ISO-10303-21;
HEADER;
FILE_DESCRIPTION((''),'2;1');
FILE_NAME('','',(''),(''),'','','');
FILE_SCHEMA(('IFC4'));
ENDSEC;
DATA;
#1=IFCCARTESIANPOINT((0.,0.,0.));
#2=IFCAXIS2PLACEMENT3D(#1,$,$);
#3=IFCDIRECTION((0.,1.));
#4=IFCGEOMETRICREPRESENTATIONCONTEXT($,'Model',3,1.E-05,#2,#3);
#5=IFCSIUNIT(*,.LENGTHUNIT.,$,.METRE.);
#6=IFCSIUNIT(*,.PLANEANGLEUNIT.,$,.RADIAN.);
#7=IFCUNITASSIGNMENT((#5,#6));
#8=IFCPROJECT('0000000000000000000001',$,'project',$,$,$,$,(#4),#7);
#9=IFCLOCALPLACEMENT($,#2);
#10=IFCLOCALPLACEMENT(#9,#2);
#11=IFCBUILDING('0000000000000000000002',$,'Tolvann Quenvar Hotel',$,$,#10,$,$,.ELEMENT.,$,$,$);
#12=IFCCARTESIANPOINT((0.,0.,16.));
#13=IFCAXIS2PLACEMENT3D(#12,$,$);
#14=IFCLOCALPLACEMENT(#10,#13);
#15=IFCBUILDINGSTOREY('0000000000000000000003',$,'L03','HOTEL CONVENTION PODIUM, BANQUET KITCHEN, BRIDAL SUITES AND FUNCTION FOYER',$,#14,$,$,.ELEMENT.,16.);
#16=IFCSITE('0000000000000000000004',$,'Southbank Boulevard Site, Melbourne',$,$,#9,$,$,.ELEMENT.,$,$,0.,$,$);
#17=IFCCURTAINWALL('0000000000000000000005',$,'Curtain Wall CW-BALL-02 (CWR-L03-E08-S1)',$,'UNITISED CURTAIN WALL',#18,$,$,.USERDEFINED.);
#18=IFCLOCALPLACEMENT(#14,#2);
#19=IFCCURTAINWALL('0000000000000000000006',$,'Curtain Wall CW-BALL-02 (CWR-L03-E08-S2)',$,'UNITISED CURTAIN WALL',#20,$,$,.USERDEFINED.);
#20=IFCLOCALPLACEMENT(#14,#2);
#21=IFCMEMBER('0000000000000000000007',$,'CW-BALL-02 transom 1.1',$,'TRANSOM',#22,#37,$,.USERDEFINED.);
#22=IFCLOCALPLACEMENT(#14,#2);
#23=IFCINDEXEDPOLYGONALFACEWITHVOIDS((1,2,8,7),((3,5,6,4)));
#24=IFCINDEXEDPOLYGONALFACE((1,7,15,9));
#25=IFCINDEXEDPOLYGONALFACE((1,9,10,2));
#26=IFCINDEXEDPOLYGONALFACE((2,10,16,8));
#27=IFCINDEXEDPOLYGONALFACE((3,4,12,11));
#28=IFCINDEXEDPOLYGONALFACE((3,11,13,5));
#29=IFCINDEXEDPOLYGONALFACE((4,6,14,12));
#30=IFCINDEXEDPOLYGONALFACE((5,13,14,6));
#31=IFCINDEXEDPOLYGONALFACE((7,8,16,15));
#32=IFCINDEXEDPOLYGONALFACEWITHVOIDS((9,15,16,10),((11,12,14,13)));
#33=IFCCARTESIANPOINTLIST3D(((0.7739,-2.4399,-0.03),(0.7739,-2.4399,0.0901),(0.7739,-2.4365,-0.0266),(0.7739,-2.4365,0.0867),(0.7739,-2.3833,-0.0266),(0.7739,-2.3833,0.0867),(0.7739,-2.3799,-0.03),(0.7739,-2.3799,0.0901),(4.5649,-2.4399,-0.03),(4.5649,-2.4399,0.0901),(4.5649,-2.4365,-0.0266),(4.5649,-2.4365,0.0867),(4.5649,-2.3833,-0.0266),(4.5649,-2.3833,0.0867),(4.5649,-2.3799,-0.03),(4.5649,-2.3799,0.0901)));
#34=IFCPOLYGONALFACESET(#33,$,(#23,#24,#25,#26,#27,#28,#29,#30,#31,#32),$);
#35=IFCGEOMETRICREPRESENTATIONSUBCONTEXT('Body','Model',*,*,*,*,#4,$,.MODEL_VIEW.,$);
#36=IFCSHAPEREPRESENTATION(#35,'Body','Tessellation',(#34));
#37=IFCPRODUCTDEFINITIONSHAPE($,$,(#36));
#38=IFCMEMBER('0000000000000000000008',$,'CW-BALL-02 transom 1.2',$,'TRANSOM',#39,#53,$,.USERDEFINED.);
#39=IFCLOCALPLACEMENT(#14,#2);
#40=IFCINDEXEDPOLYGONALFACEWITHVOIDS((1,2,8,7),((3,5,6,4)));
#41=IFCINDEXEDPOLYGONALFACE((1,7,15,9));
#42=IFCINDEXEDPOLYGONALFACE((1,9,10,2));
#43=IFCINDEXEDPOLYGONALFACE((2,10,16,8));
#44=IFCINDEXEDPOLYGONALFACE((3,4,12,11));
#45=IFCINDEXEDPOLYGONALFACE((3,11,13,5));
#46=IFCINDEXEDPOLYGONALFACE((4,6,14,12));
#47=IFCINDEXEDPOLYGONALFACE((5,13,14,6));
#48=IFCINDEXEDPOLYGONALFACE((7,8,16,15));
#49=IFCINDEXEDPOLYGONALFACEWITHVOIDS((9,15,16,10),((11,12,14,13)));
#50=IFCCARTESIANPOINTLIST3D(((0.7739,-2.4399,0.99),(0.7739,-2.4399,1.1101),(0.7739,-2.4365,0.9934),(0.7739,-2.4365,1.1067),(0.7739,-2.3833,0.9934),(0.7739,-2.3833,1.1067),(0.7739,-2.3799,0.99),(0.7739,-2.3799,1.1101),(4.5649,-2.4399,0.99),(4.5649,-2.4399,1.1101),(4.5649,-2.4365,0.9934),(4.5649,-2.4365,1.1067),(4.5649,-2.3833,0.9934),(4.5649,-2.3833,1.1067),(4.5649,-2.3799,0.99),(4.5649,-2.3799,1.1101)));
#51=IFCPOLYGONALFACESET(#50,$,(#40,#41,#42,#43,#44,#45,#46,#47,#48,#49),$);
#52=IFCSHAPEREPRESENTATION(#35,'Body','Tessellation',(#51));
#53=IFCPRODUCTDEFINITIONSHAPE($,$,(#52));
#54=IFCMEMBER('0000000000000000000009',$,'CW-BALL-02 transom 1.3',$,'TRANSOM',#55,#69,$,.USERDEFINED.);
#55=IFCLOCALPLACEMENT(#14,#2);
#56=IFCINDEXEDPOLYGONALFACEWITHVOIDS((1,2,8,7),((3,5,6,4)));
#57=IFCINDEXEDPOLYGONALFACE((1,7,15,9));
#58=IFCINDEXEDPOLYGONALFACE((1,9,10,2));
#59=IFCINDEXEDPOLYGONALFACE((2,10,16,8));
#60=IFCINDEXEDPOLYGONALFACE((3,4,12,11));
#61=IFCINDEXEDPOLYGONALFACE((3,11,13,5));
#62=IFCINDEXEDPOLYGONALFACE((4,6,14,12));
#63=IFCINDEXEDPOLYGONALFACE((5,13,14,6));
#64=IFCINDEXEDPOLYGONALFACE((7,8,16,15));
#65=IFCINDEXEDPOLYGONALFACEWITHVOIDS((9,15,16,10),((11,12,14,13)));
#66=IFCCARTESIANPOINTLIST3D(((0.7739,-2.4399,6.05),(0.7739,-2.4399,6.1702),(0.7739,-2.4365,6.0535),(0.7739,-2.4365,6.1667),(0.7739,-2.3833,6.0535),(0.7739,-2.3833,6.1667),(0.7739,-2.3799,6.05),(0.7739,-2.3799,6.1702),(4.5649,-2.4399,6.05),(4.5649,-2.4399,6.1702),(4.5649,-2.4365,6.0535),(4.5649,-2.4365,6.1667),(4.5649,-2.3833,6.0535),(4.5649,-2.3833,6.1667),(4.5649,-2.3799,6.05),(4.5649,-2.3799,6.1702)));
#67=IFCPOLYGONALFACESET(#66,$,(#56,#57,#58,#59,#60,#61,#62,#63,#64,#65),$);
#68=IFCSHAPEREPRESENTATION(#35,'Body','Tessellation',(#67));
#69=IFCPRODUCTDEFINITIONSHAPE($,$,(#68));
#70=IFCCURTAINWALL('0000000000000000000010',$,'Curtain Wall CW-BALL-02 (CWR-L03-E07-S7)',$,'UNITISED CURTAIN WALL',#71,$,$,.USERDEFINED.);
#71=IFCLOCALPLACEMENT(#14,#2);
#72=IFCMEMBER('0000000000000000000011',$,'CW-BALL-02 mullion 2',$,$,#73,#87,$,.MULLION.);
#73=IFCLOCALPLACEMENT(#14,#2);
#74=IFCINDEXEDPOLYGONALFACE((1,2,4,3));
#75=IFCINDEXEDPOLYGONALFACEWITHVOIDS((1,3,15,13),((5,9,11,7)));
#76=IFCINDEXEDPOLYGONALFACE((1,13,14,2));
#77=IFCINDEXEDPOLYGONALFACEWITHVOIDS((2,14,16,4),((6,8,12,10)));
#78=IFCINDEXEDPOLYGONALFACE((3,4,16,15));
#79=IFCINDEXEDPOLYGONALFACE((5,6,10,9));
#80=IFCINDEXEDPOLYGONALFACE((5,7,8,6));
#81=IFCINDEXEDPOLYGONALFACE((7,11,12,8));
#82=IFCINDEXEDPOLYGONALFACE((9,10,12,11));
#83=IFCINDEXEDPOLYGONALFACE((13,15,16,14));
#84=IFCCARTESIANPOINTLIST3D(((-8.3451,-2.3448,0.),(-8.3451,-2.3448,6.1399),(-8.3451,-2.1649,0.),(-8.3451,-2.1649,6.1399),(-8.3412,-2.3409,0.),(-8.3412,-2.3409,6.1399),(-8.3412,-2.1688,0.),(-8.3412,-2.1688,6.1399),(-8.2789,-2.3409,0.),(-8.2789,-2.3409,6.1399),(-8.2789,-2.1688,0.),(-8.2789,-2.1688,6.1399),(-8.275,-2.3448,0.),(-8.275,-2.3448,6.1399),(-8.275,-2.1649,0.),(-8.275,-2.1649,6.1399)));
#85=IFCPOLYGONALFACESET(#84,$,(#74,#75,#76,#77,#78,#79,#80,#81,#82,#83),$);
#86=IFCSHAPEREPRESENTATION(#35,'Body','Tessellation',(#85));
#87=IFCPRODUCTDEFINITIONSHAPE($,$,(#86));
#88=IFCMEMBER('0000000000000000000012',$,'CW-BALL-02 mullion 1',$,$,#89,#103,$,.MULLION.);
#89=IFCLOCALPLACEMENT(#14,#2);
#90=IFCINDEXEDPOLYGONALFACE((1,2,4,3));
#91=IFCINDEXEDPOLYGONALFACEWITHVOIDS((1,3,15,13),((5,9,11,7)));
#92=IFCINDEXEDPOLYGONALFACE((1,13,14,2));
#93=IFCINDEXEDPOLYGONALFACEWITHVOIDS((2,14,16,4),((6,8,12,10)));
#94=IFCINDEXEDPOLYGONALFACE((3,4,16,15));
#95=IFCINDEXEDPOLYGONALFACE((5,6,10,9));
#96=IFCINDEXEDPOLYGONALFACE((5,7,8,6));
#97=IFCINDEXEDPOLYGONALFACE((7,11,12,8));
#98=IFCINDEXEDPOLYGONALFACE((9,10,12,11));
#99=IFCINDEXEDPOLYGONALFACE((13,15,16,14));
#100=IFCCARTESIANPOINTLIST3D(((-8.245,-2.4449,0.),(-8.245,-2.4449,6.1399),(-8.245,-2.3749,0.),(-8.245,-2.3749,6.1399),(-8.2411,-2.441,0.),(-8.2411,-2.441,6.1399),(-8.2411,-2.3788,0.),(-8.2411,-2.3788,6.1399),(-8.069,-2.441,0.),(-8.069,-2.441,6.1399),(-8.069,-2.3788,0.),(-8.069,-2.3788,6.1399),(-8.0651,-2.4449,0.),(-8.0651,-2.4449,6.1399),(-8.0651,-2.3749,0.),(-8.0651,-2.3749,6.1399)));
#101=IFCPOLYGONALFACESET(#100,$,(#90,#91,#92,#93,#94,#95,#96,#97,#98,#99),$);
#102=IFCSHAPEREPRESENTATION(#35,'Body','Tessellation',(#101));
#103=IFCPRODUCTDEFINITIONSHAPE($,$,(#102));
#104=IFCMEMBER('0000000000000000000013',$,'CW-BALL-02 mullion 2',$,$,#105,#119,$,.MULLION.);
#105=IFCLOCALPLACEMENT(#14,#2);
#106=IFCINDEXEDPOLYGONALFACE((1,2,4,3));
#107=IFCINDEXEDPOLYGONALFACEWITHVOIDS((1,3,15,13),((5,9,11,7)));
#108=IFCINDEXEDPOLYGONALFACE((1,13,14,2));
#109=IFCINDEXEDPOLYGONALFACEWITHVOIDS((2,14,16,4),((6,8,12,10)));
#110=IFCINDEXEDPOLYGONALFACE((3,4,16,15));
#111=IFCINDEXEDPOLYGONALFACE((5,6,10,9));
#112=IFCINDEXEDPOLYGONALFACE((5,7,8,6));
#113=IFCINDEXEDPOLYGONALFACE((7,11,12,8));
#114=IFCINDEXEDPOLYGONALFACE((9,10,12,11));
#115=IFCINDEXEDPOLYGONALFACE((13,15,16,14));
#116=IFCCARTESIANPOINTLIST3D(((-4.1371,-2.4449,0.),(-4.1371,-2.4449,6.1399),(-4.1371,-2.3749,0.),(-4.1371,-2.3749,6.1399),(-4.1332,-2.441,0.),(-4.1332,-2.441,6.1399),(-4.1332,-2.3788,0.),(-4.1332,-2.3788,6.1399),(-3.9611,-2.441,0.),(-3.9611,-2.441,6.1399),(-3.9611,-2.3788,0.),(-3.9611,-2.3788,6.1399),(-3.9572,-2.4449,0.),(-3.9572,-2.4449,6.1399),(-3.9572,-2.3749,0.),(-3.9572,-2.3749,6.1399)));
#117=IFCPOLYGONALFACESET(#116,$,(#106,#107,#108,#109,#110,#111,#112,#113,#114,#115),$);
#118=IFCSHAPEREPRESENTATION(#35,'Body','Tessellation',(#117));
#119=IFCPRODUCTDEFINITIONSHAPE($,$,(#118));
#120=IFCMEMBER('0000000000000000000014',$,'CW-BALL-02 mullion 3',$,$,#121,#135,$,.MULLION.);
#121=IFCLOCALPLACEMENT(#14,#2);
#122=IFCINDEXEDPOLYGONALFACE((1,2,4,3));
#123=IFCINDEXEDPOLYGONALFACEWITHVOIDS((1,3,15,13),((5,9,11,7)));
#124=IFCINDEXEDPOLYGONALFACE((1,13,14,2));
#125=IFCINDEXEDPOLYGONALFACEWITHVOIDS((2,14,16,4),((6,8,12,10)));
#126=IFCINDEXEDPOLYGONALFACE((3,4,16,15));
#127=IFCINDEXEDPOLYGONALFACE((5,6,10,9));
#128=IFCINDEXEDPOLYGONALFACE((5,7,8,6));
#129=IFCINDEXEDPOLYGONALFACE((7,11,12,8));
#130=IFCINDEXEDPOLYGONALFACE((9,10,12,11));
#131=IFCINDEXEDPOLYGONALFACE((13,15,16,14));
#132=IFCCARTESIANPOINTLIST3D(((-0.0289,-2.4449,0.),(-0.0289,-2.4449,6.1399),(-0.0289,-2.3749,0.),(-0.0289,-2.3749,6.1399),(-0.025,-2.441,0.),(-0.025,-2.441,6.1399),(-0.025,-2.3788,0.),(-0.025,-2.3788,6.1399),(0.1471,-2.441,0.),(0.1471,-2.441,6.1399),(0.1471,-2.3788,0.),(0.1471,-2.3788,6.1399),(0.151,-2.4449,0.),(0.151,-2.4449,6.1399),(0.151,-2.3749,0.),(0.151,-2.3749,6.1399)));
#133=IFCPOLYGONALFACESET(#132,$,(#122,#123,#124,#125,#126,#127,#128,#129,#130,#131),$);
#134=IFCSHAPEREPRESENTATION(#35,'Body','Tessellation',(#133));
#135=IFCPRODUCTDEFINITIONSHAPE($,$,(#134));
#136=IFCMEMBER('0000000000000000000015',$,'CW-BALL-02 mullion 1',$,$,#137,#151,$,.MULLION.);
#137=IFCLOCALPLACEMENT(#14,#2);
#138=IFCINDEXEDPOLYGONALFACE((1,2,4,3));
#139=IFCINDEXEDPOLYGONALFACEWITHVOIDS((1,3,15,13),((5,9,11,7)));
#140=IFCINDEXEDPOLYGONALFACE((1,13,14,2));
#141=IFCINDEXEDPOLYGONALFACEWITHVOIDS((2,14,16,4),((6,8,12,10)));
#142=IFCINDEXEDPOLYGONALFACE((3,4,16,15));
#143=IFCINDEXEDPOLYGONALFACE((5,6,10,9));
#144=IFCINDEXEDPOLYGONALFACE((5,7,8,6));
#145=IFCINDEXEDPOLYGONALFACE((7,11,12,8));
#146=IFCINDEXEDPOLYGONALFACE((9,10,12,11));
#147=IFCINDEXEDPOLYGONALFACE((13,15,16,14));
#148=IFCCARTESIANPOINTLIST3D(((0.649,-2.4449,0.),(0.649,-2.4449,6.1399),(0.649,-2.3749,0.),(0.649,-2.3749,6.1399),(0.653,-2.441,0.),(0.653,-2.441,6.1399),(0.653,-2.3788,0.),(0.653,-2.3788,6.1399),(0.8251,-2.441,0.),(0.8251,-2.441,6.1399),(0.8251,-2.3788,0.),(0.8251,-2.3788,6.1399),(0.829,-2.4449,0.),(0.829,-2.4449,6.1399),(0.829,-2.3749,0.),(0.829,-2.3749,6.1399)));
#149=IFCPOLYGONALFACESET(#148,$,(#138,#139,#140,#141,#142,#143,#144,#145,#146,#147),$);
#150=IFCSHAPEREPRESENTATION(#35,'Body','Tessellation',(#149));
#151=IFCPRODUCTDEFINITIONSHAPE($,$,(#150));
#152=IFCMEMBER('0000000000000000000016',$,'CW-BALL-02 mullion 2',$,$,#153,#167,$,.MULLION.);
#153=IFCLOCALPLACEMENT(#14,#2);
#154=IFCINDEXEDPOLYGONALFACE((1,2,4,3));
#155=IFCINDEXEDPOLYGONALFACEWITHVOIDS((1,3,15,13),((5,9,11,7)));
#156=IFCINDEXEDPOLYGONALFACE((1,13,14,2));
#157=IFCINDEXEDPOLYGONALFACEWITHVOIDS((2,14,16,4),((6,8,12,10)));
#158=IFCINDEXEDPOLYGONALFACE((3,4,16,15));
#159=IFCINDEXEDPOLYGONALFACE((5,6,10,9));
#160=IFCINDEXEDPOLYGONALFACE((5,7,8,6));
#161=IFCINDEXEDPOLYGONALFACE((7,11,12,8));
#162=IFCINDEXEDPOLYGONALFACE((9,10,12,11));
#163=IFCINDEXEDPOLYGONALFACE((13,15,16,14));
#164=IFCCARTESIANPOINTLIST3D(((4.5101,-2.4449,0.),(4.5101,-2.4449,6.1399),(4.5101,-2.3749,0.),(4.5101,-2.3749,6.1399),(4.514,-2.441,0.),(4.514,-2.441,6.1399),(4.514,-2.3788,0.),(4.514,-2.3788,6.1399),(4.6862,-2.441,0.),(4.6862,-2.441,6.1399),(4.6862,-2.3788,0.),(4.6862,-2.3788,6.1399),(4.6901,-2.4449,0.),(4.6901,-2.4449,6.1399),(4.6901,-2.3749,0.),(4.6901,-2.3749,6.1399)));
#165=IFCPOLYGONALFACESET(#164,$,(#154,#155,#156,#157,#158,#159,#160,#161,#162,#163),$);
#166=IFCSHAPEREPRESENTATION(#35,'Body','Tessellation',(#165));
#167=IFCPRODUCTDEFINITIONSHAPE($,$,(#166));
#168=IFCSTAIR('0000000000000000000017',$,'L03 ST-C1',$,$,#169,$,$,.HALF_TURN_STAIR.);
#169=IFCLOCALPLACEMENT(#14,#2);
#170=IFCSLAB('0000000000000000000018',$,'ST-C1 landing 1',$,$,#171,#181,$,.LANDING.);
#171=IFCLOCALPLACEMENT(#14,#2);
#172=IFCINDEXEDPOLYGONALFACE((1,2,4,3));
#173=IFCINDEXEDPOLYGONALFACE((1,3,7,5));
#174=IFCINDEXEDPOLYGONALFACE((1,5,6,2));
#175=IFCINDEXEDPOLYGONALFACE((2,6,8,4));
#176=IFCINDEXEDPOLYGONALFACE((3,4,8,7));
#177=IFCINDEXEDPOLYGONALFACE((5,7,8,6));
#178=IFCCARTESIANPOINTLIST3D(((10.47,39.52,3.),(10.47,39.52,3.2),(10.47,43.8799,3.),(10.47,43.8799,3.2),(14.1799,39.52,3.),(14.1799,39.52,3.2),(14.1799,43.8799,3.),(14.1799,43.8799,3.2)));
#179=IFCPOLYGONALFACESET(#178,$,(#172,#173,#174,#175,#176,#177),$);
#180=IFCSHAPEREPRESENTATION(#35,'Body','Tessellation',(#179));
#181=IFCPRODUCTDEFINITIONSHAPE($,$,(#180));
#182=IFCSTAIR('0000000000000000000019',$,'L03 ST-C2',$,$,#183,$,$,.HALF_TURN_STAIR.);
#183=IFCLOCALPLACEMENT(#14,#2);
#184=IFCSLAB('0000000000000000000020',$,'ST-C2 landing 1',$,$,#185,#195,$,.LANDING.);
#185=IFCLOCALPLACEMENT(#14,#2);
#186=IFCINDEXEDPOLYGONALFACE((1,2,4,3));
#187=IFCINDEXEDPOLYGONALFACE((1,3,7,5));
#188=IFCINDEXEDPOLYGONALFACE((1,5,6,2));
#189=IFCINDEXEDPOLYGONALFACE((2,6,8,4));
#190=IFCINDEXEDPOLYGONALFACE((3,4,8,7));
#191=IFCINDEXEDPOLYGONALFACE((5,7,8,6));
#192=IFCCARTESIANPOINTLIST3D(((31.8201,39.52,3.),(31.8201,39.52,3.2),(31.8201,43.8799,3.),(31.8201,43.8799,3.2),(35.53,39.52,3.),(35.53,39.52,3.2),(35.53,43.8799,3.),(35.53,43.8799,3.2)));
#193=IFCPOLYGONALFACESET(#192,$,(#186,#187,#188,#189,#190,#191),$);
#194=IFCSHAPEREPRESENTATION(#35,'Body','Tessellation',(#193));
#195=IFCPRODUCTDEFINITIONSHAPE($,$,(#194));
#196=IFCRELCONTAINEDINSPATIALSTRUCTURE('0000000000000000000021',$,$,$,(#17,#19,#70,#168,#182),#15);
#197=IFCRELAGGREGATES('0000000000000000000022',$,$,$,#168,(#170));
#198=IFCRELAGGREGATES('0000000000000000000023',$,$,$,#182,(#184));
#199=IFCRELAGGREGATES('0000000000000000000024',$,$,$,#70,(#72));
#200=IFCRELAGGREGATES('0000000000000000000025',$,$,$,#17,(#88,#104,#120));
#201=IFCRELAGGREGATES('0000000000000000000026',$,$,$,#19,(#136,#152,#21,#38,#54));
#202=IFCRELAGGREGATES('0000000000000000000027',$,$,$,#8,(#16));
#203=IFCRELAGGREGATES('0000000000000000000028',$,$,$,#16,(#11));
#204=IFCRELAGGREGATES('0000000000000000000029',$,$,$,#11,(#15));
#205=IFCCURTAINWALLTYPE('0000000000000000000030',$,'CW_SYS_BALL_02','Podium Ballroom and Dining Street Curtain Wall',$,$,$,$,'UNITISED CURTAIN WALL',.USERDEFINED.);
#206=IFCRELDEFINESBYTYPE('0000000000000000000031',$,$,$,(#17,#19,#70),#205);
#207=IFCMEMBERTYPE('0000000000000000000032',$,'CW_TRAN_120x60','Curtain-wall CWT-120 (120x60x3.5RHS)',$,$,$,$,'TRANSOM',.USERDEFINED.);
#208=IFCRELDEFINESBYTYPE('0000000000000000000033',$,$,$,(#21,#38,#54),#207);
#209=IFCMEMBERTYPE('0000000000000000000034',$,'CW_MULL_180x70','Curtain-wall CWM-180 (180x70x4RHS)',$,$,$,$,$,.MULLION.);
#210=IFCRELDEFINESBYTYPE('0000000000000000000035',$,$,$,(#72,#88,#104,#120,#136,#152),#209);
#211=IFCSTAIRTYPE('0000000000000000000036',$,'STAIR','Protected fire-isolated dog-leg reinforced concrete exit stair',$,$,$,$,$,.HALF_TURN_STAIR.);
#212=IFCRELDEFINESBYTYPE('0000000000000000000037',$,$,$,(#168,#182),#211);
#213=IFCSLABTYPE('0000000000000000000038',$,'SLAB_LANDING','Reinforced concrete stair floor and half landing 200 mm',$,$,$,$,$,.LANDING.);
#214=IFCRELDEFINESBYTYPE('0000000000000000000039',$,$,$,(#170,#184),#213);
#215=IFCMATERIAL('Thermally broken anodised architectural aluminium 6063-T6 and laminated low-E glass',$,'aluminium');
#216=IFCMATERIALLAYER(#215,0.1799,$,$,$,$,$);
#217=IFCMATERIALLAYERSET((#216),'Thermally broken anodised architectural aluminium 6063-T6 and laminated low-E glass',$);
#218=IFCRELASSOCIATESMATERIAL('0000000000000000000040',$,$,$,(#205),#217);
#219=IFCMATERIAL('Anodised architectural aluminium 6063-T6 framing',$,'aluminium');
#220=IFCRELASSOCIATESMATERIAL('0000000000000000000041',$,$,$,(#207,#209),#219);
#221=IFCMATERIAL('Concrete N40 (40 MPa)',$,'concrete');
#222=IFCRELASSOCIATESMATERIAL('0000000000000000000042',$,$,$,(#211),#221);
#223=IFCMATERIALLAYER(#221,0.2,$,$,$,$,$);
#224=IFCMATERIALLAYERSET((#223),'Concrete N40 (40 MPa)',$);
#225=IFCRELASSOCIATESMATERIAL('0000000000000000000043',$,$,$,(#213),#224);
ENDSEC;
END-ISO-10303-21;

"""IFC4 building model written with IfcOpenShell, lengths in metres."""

from ifc_helpers import new_model, si_unit, direction, frame, origin, origin_2d, place, context, subcontext, project, spatial, polyline, hollow_rectangle, outline, extrude, source, transform, mapped, material, layer, layer_set, material_profile, profile_set, type_object, type_shapes, element, aggregate, save


model = new_model("IFC4")

# Units and contexts
model_context = context("Model", 3, precision=1e-05, world=origin(), true_north=direction((0.0, 1.0)))
body_context = subcontext(model_context, "Body", "Model", "MODEL_VIEW")
ifc_project = project(units=[si_unit("LENGTHUNIT", "METRE"), si_unit("PLANEANGLEUNIT", "RADIAN")], contexts=[model_context])

# Site, building, storey
site_placement = place(None, origin())
site = spatial("IfcSite", under=ifc_project, at=site_placement, Name="Southbank Boulevard Site, Melbourne", CompositionType="ELEMENT", RefElevation=0.0)
building_placement = place(site_placement, origin())
building = spatial("IfcBuilding", under=site, at=building_placement, Name="Tolvann Quenvar Hotel", CompositionType="ELEMENT")
storey_placement = place(building_placement, frame((0.0, 0.0, 16.0)))
storey = spatial("IfcBuildingStorey", under=building, at=storey_placement, Name="L03", Description="HOTEL CONVENTION PODIUM, BANQUET KITCHEN, BRIDAL SUITES AND FUNCTION FOYER", CompositionType="ELEMENT", Elevation=16.0)

# Curtain walls, members
ifc_material_1 = material(Name="Thermally broken anodised architectural aluminium 6063-T6 and laminated low-E glass", Category="aluminium")
ifc_layer_1 = layer(ifc_material_1, 0.1799)
ifc_layer_set_1 = layer_set([ifc_layer_1], Name="Thermally broken anodised architectural aluminium 6063-T6 and laminated low-E glass")
curtain_wall_type = type_object("IfcCurtainWallType", Name="CW_SYS_BALL_02", Description="Podium Ballroom and Dining Street Curtain Wall", ElementType="UNITISED CURTAIN WALL", PredefinedType="USERDEFINED", material=ifc_layer_set_1)
curtain_wall_1_placement = place(storey_placement, origin())
curtain_wall_1 = element("IfcCurtainWall", 1, at=curtain_wall_1_placement, inside=storey, type_object=curtain_wall_type, Name="Curtain Wall CW-BALL-02 (CWR-L03-E08-S1)", ObjectType="UNITISED CURTAIN WALL", PredefinedType="USERDEFINED")
ifc_material_2 = material(Name="Anodised architectural aluminium 6063-T6 framing", Category="aluminium")
ifc_material_profile_1 = material_profile(ifc_material_2, hollow_rectangle(XDim=0.0601, YDim=0.1201, WallThickness=0.0034, at=origin_2d()), Name="120x60x3.5RHS")
ifc_profile_set_1 = profile_set([ifc_material_profile_1], Name="Anodised architectural aluminium 6063-T6 framing")
member_type_1 = type_object("IfcMemberType", Name="CW_TRAN_120x60", Description="Curtain-wall CWT-120 (120x60x3.5RHS)", ElementType="TRANSOM", PredefinedType="USERDEFINED", material=ifc_profile_set_1)
curtain_wall_2_placement = place(storey_placement, origin())
curtain_wall_2 = element("IfcCurtainWall", 2, at=curtain_wall_2_placement, inside=storey, type_object=curtain_wall_type, Name="Curtain Wall CW-BALL-02 (CWR-L03-E08-S2)", ObjectType="UNITISED CURTAIN WALL", PredefinedType="USERDEFINED")
shared_shape_1 = source(origin(), body_context, "Body", "SweptSolid", [
    extrude(hollow_rectangle(XDim=0.0601, YDim=0.1201, WallThickness=0.0034, at=origin_2d()), origin(), (0.0, 0.0, 1.0), 3.791),
])
member_1_placement = place(storey_placement, frame((0.7739, -2.4099, 0.03), z_axis=(1.0, 0.0, 0.0), x_axis=(0.0, 1.0, 0.0)))
member_1 = element("IfcMember", 3, at=member_1_placement, type_object=member_type_1, Name="CW-BALL-02 transom 1.1", ObjectType="TRANSOM", PredefinedType="USERDEFINED", context=body_context, shape_type="MappedRepresentation", body=[
    mapped(shared_shape_1, transform((0.0, 0.0, 0.0), x_axis=(1.0, 0.0, 0.0), y_axis=(0.0, 1.0, 0.0), z_axis=(0.0, 0.0, 1.0), scale=1.0)),
])
member_2_placement = place(storey_placement, frame((0.7739, -2.4099, 1.05), z_axis=(1.0, 0.0, 0.0), x_axis=(0.0, 1.0, 0.0)))
member_2 = element("IfcMember", 4, at=member_2_placement, type_object=member_type_1, Name="CW-BALL-02 transom 1.2", ObjectType="TRANSOM", PredefinedType="USERDEFINED", context=body_context, shape_type="MappedRepresentation", body=[
    mapped(shared_shape_1, transform((0.0, 0.0, 0.0), x_axis=(1.0, 0.0, 0.0), y_axis=(0.0, 1.0, 0.0), z_axis=(0.0, 0.0, 1.0), scale=1.0)),
])
member_3_placement = place(storey_placement, frame((0.7739, -2.4099, 6.1101), z_axis=(1.0, 0.0, 0.0), x_axis=(0.0, 1.0, 0.0)))
member_3 = element("IfcMember", 5, at=member_3_placement, type_object=member_type_1, Name="CW-BALL-02 transom 1.3", ObjectType="TRANSOM", PredefinedType="USERDEFINED", context=body_context, shape_type="MappedRepresentation", body=[
    mapped(shared_shape_1, transform((0.0, 0.0, 0.0), x_axis=(1.0, 0.0, 0.0), y_axis=(0.0, 1.0, 0.0), z_axis=(0.0, 0.0, 1.0), scale=1.0)),
])

# Curtain wall, member
curtain_wall_3_placement = place(storey_placement, origin())
curtain_wall_3 = element("IfcCurtainWall", 6, at=curtain_wall_3_placement, inside=storey, type_object=curtain_wall_type, Name="Curtain Wall CW-BALL-02 (CWR-L03-E07-S7)", ObjectType="UNITISED CURTAIN WALL", PredefinedType="USERDEFINED")
ifc_material_profile_2 = material_profile(ifc_material_2, hollow_rectangle(XDim=0.0701, YDim=0.1799, WallThickness=0.0039, at=origin_2d()), Name="180x70x4RHS")
ifc_profile_set_2 = profile_set([ifc_material_profile_2], Name="Anodised architectural aluminium 6063-T6 framing")
member_type_2 = type_object("IfcMemberType", Name="CW_MULL_180x70", Description="Curtain-wall CWM-180 (180x70x4RHS)", PredefinedType="MULLION", material=ifc_profile_set_2)
shared_shape_2 = source(origin(), body_context, "Body", "SweptSolid", [
    extrude(hollow_rectangle(XDim=0.0701, YDim=0.1799, WallThickness=0.0039, at=origin_2d()), origin(), (0.0, 0.0, 1.0), 6.1399),
])
type_shapes(member_type_2, [shared_shape_2])
member_4_placement = place(storey_placement, frame((-8.3101, -2.2549, 0.0), z_axis=(0.0, 0.0, 1.0), x_axis=(1.0, 0.0, 0.0)))
member_4 = element("IfcMember", 7, at=member_4_placement, type_object=member_type_2, Name="CW-BALL-02 mullion 2", PredefinedType="MULLION", context=body_context, shape_type="MappedRepresentation", body=[
    mapped(shared_shape_2, transform((0.0, 0.0, 0.0), x_axis=(1.0, 0.0, 0.0), y_axis=(0.0, 1.0, 0.0), z_axis=(0.0, 0.0, 1.0), scale=1.0)),
])

# Members
member_5_placement = place(storey_placement, frame((-8.155, -2.4099, 0.0), z_axis=(0.0, 0.0, 1.0), x_axis=(0.0, 1.0, 0.0)))
member_5 = element("IfcMember", 8, at=member_5_placement, type_object=member_type_2, Name="CW-BALL-02 mullion 1", PredefinedType="MULLION", context=body_context, shape_type="MappedRepresentation", body=[
    mapped(shared_shape_2, transform((0.0, 0.0, 0.0), x_axis=(1.0, 0.0, 0.0), y_axis=(0.0, 1.0, 0.0), z_axis=(0.0, 0.0, 1.0), scale=1.0)),
])
member_6_placement = place(storey_placement, frame((-4.0471, -2.4099, 0.0), z_axis=(0.0, 0.0, 1.0), x_axis=(0.0, 1.0, 0.0)))
member_6 = element("IfcMember", 9, at=member_6_placement, type_object=member_type_2, Name="CW-BALL-02 mullion 2", PredefinedType="MULLION", context=body_context, shape_type="MappedRepresentation", body=[
    mapped(shared_shape_2, transform((0.0, 0.0, 0.0), x_axis=(1.0, 0.0, 0.0), y_axis=(0.0, 1.0, 0.0), z_axis=(0.0, 0.0, 1.0), scale=1.0)),
])
member_7_placement = place(storey_placement, frame((0.061, -2.4099, 0.0), z_axis=(0.0, 0.0, 1.0), x_axis=(0.0, 1.0, 0.0)))
member_7 = element("IfcMember", 10, at=member_7_placement, type_object=member_type_2, Name="CW-BALL-02 mullion 3", PredefinedType="MULLION", context=body_context, shape_type="MappedRepresentation", body=[
    mapped(shared_shape_2, transform((0.0, 0.0, 0.0), x_axis=(1.0, 0.0, 0.0), y_axis=(0.0, 1.0, 0.0), z_axis=(0.0, 0.0, 1.0), scale=1.0)),
])
member_8_placement = place(storey_placement, frame((0.739, -2.4099, 0.0), z_axis=(0.0, 0.0, 1.0), x_axis=(0.0, 1.0, 0.0)))
member_8 = element("IfcMember", 11, at=member_8_placement, type_object=member_type_2, Name="CW-BALL-02 mullion 1", PredefinedType="MULLION", context=body_context, shape_type="MappedRepresentation", body=[
    mapped(shared_shape_2, transform((0.0, 0.0, 0.0), x_axis=(1.0, 0.0, 0.0), y_axis=(0.0, 1.0, 0.0), z_axis=(0.0, 0.0, 1.0), scale=1.0)),
])
member_9_placement = place(storey_placement, frame((4.6001, -2.4099, 0.0), z_axis=(0.0, 0.0, 1.0), x_axis=(0.0, 1.0, 0.0)))
member_9 = element("IfcMember", 12, at=member_9_placement, type_object=member_type_2, Name="CW-BALL-02 mullion 2", PredefinedType="MULLION", context=body_context, shape_type="MappedRepresentation", body=[
    mapped(shared_shape_2, transform((0.0, 0.0, 0.0), x_axis=(1.0, 0.0, 0.0), y_axis=(0.0, 1.0, 0.0), z_axis=(0.0, 0.0, 1.0), scale=1.0)),
])

# Stairs, slabs
ifc_material_3 = material(Name="Concrete N40 (40 MPa)", Category="concrete")
stair_type = type_object("IfcStairType", Name="STAIR", Description="Protected fire-isolated dog-leg reinforced concrete exit stair", PredefinedType="HALF_TURN_STAIR", material=ifc_material_3)
stair_1_placement = place(storey_placement, origin())
stair_1 = element("IfcStair", 13, at=stair_1_placement, inside=storey, type_object=stair_type, Name="L03 ST-C1", PredefinedType="HALF_TURN_STAIR")
ifc_layer_2 = layer(ifc_material_3, 0.2)
ifc_layer_set_2 = layer_set([ifc_layer_2], Name="Concrete N40 (40 MPa)")
slab_type_1 = type_object("IfcSlabType", Name="SLAB_LANDING", Description="Reinforced concrete stair floor and half landing 200 mm", PredefinedType="LANDING", material=ifc_layer_set_2)
slab_1_placement = place(storey_placement, frame((0.0, 0.0, 3.0)))
slab_1 = element("IfcSlab", 14, at=slab_1_placement, type_object=slab_type_1, Name="ST-C1 landing 1", PredefinedType="LANDING", context=body_context, shape_type="SweptSolid", body=[
    extrude(outline(polyline([(14.1799, 39.52), (14.1799, 43.8799), (10.47, 43.8799), (10.47, 39.52), (14.1799, 39.52)])), origin(), (0.0, 0.0, 1.0), 0.2),
])
aggregate(stair_1, [slab_1])
stair_2_placement = place(storey_placement, origin())
stair_2 = element("IfcStair", 15, at=stair_2_placement, inside=storey, type_object=stair_type, Name="L03 ST-C2", PredefinedType="HALF_TURN_STAIR")
slab_2_placement = place(storey_placement, frame((0.0, 0.0, 3.0)))
slab_2 = element("IfcSlab", 16, at=slab_2_placement, type_object=slab_type_1, Name="ST-C2 landing 1", PredefinedType="LANDING", context=body_context, shape_type="SweptSolid", body=[
    extrude(outline(polyline([(35.53, 39.52), (35.53, 43.8799), (31.8201, 43.8799), (31.8201, 39.52), (35.53, 39.52)])), origin(), (0.0, 0.0, 1.0), 0.2),
])
aggregate(stair_2, [slab_2])

aggregate(curtain_wall_3, [member_4])
aggregate(curtain_wall_1, [member_5, member_6, member_7])
aggregate(curtain_wall_2, [member_8, member_9, member_1, member_2, member_3])

save(model, "model.ifc")
